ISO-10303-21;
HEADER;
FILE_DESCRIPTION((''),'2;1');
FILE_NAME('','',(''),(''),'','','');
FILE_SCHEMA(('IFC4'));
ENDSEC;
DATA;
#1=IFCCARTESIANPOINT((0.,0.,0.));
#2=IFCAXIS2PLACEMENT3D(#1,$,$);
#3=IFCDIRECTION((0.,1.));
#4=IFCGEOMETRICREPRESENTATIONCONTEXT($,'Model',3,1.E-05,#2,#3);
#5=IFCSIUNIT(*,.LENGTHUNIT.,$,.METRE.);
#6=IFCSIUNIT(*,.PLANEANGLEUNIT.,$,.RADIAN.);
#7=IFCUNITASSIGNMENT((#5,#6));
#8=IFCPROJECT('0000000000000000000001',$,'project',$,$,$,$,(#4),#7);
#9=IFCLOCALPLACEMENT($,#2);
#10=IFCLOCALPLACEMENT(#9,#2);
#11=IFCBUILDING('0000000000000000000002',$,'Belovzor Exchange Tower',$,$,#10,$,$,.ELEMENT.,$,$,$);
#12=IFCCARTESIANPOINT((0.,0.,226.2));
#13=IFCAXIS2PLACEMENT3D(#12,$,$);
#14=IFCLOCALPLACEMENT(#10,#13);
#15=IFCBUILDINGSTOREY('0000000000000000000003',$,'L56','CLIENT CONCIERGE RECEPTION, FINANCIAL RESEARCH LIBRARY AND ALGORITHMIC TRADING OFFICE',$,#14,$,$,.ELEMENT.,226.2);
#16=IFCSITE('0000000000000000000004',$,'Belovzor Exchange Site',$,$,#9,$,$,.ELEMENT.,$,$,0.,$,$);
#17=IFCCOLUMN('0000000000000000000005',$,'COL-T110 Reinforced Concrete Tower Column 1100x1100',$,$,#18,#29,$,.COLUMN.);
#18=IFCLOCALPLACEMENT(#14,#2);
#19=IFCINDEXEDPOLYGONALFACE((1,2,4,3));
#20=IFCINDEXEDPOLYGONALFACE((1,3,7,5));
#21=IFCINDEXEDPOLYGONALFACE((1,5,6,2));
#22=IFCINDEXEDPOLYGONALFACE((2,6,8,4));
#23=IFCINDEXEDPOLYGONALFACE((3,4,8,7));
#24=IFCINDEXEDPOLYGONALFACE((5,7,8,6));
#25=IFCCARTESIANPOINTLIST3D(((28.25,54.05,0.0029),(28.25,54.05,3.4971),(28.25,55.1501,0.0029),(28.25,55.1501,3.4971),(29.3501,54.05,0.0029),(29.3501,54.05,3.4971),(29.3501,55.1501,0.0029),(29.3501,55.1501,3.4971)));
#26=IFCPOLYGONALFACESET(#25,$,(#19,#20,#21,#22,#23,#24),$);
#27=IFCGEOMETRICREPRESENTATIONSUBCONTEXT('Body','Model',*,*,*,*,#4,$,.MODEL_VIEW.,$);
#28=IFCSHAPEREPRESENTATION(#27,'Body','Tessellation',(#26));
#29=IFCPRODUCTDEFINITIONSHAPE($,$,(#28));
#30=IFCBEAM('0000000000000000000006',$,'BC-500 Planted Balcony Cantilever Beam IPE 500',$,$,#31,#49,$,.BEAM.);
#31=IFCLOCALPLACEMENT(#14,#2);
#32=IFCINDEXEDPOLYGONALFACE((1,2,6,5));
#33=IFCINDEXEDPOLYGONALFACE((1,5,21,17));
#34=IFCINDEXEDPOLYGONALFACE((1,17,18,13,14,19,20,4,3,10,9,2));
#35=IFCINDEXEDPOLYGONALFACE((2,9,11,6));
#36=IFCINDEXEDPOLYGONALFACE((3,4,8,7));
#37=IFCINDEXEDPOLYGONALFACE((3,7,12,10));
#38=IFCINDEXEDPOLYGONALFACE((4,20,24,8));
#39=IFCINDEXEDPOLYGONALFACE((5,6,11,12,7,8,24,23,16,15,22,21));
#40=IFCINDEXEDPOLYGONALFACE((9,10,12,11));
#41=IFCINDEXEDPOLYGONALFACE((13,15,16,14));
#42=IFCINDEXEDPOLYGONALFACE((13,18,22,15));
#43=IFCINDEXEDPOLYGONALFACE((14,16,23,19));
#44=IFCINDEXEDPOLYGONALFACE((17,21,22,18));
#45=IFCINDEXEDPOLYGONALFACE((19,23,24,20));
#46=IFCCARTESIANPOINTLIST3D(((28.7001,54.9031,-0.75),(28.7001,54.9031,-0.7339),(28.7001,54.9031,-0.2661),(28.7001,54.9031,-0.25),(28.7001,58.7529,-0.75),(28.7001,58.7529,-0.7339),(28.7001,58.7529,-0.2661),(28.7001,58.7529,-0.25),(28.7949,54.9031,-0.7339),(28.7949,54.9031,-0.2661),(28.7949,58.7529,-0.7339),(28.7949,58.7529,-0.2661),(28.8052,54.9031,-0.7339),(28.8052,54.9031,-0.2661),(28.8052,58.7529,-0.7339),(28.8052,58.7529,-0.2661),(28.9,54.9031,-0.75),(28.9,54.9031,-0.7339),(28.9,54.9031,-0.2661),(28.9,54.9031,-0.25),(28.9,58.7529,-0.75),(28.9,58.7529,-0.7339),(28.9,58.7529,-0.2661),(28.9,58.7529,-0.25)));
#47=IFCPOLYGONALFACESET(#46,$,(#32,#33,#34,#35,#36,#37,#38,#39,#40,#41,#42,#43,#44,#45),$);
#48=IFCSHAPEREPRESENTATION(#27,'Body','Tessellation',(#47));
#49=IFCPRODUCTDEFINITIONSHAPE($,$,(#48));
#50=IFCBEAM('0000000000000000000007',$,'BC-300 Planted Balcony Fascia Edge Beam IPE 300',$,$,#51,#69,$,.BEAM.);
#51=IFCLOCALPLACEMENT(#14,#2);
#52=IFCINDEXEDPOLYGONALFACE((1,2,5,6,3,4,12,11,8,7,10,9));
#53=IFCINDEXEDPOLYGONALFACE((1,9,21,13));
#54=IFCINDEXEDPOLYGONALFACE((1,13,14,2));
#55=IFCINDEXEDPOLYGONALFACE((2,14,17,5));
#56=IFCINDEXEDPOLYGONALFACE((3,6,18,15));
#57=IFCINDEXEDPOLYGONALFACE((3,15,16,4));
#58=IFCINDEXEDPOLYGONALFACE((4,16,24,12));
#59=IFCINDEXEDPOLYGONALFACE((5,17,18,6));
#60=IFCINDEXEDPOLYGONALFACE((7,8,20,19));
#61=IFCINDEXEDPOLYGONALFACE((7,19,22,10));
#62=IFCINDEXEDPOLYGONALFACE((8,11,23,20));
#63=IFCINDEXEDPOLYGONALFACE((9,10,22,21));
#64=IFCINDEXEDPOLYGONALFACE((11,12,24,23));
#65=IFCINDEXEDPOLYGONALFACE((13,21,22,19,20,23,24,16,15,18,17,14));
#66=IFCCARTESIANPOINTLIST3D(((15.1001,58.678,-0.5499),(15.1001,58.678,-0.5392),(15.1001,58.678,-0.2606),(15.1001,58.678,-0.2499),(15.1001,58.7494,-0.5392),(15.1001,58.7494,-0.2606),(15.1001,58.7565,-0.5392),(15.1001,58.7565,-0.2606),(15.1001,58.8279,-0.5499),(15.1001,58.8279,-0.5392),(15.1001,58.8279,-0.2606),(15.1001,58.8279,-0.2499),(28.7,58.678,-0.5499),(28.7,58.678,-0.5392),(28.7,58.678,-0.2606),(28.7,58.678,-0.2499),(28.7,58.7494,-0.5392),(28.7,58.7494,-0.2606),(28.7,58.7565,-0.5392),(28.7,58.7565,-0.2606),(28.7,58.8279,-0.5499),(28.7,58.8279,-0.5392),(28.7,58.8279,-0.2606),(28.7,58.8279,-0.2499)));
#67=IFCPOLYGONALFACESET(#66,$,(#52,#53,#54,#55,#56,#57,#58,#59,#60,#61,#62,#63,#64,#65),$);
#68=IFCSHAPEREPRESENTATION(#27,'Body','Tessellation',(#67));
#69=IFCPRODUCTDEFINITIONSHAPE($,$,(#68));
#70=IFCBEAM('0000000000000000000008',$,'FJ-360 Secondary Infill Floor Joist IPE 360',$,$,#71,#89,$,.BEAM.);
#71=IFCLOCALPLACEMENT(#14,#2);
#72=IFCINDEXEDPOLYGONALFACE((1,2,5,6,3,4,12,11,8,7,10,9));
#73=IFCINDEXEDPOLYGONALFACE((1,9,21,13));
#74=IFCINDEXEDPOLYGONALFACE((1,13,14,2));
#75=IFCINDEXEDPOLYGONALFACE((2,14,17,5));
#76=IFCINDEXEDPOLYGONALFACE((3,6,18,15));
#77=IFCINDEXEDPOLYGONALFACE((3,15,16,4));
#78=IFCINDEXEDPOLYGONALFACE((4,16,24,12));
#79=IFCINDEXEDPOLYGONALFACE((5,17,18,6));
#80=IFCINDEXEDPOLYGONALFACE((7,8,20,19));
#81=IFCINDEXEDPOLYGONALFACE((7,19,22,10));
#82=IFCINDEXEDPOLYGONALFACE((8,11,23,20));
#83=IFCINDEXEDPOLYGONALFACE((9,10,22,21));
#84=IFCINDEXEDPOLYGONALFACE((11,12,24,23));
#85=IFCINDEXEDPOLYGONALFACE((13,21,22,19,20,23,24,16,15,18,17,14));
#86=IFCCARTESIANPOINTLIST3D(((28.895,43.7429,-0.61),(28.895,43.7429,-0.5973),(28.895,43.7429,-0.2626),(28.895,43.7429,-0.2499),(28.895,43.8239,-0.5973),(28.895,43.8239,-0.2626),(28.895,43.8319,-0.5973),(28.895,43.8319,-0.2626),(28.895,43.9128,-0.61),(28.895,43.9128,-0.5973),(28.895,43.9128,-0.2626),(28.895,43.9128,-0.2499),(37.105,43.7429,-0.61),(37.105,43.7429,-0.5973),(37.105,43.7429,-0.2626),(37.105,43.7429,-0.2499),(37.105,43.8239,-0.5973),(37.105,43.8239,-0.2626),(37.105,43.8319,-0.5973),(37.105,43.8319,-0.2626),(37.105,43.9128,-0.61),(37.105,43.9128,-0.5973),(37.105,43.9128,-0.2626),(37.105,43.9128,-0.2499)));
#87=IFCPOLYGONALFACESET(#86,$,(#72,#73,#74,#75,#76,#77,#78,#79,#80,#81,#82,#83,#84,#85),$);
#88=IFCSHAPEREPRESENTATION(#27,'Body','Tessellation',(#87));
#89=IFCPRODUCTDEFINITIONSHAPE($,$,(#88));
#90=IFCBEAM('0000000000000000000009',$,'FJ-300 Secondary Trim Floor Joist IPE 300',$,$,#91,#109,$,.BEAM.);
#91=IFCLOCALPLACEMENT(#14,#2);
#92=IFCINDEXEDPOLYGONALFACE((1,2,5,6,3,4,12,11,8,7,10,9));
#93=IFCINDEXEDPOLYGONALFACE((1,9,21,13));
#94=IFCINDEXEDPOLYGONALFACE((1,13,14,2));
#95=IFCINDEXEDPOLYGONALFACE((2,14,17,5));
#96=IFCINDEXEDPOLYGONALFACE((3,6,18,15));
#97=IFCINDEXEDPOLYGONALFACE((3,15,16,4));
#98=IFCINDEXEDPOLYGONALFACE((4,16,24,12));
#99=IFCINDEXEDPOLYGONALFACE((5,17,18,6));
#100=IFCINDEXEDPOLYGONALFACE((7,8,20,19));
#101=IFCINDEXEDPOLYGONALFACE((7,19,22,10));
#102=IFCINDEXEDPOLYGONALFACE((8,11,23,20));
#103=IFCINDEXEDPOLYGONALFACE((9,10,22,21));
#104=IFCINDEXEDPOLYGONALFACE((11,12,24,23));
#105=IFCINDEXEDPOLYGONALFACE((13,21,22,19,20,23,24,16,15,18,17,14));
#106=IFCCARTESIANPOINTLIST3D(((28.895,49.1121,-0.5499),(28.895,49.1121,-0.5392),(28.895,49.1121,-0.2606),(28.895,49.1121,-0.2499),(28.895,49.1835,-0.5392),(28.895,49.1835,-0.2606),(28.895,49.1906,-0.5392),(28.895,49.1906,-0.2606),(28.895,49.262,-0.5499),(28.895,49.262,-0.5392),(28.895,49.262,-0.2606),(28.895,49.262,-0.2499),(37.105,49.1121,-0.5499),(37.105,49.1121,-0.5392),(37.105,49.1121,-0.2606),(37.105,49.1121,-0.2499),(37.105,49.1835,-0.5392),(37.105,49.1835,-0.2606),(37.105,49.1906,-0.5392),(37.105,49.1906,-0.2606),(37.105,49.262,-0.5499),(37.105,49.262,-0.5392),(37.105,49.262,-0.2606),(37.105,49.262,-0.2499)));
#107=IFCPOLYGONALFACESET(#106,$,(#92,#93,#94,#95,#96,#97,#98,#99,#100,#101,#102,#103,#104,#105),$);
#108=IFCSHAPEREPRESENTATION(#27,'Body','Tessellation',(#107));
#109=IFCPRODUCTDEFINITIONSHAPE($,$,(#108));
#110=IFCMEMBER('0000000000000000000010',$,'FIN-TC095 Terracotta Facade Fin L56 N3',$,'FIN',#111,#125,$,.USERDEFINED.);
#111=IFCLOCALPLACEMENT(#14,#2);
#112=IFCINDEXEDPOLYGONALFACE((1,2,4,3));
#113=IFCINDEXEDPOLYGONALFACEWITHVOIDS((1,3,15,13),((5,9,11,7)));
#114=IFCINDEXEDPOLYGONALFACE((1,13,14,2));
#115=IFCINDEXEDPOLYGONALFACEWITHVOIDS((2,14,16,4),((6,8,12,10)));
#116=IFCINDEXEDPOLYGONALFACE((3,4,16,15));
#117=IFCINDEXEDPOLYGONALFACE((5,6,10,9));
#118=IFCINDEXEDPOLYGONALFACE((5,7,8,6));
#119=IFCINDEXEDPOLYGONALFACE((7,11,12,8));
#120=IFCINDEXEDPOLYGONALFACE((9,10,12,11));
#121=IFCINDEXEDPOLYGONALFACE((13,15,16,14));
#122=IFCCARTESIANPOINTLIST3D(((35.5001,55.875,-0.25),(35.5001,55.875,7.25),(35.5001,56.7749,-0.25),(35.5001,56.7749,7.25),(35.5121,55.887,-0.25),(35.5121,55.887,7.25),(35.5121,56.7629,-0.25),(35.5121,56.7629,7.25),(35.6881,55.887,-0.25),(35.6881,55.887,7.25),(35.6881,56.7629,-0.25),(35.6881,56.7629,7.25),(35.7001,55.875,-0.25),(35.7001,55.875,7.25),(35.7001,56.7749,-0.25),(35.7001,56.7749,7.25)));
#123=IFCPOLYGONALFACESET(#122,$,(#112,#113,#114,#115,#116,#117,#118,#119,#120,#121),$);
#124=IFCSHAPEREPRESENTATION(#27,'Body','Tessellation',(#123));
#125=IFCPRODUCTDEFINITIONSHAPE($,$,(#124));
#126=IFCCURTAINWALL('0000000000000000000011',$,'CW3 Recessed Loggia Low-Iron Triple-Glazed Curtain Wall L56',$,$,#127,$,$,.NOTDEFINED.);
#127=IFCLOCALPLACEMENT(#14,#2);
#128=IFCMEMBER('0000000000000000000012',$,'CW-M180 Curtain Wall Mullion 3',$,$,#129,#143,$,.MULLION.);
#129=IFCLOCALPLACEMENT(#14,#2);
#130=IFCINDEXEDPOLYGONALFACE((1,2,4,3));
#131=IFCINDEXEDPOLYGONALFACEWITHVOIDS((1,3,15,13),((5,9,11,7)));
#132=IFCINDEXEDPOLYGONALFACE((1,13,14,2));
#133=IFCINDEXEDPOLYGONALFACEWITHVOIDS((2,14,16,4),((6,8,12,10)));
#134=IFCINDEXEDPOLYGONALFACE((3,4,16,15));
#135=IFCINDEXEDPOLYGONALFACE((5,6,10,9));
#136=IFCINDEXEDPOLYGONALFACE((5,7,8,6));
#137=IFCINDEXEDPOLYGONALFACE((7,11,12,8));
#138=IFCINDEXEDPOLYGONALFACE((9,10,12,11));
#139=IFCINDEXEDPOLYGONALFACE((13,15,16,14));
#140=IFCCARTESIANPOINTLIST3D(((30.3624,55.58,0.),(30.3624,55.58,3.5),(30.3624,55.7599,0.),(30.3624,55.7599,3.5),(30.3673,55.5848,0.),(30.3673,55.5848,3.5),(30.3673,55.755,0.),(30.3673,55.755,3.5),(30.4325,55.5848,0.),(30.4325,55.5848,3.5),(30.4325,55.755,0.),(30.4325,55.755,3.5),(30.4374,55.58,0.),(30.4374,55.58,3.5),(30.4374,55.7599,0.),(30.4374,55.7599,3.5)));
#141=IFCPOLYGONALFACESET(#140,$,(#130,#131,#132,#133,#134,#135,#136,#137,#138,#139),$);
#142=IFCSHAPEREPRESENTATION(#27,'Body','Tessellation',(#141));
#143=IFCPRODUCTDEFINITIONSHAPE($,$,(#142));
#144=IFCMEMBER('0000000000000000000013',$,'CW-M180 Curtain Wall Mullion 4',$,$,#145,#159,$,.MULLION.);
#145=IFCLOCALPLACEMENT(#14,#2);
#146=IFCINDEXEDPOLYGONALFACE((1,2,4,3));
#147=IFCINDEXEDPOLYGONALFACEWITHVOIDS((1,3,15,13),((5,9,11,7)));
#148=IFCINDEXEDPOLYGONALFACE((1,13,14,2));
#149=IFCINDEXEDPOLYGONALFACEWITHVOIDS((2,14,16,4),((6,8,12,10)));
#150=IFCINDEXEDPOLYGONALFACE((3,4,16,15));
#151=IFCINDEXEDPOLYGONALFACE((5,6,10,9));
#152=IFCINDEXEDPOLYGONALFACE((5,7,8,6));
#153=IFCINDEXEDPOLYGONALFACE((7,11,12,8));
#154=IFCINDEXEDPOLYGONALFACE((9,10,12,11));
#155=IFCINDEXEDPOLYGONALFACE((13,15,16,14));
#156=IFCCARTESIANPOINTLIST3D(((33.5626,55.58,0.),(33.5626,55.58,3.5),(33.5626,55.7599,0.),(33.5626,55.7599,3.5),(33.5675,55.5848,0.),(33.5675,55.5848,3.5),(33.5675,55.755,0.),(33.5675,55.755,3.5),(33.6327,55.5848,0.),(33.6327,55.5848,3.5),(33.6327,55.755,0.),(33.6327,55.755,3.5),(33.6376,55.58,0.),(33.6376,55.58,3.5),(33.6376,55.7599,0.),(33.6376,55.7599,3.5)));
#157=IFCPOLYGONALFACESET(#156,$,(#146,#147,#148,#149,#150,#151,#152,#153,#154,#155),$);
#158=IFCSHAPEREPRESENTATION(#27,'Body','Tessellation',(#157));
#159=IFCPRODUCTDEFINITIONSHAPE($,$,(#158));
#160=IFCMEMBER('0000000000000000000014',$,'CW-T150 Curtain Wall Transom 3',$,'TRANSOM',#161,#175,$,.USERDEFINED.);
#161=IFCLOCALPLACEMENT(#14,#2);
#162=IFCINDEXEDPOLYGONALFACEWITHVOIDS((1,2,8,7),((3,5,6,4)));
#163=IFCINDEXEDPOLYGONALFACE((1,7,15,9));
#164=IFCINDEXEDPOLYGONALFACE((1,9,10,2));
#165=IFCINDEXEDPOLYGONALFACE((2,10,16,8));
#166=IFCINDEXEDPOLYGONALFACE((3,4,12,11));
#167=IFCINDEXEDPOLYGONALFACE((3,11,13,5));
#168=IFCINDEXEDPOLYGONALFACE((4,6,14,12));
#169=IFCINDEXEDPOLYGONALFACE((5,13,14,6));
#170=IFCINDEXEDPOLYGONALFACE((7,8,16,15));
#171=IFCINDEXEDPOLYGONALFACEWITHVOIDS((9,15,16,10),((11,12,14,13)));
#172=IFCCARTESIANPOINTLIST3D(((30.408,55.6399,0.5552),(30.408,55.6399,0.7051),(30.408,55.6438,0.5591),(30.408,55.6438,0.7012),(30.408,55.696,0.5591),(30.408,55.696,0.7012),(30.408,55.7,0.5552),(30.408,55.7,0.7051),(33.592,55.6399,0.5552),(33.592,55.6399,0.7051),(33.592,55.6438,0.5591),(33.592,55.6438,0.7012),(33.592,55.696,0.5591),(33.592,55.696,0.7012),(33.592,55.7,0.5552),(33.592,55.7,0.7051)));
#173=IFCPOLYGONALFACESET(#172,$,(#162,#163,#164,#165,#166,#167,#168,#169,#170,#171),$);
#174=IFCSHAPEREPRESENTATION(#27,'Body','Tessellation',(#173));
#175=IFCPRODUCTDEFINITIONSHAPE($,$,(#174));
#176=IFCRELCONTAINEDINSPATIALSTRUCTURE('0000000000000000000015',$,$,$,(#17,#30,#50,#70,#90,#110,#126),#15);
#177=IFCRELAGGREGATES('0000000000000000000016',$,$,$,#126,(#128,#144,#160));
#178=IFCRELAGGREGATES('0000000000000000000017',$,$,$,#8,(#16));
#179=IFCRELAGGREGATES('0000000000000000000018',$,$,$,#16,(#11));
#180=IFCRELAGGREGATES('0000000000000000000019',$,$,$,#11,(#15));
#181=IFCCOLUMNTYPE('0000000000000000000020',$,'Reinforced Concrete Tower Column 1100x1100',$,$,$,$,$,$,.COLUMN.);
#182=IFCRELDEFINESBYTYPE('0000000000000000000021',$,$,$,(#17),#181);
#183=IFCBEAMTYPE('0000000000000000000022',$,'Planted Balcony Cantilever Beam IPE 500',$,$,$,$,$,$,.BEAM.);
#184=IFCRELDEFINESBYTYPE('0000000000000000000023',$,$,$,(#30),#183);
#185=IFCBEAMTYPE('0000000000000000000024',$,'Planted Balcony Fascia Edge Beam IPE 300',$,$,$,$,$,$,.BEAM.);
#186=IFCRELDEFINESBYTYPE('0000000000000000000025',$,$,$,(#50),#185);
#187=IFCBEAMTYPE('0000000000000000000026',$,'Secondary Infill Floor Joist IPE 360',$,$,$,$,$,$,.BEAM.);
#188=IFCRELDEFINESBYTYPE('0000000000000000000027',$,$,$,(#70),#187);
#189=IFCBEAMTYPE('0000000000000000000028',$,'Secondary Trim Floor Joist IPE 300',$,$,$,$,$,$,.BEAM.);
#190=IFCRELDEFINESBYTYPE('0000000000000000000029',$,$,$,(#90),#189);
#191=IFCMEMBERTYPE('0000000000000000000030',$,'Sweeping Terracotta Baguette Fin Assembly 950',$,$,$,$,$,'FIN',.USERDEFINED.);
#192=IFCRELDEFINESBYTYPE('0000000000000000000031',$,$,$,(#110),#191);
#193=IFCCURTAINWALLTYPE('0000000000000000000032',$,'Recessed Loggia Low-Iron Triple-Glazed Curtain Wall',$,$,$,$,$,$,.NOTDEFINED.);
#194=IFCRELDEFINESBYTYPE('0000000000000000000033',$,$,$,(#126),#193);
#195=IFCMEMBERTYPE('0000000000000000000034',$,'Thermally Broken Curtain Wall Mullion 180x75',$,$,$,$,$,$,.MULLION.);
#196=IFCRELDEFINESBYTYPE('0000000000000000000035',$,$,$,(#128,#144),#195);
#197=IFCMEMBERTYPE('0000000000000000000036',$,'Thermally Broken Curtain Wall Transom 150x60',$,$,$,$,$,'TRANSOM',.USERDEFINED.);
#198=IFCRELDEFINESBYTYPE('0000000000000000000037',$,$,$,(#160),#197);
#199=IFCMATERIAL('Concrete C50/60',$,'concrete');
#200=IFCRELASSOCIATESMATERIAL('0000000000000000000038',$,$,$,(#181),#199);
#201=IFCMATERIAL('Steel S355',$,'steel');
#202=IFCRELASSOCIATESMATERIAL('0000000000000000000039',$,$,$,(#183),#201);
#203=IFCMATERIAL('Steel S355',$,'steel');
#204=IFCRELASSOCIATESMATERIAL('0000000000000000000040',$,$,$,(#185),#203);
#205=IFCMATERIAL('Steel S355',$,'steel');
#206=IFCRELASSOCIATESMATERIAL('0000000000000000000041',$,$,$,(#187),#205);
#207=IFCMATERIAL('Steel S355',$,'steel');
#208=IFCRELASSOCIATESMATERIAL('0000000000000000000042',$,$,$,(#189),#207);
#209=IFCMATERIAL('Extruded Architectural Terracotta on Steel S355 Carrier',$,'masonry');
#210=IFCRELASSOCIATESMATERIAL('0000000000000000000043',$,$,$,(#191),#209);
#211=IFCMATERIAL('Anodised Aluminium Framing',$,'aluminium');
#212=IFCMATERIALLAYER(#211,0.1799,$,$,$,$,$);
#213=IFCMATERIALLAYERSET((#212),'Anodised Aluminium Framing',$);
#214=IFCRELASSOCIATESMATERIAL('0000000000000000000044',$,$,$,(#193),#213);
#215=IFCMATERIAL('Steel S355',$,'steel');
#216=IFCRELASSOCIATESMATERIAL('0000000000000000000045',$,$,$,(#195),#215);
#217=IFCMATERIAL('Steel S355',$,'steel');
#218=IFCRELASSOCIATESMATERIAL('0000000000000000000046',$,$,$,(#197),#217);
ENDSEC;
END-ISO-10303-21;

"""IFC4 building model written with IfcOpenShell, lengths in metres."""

from ifc_helpers import new_model, si_unit, direction, frame, origin, origin_2d, place, context, subcontext, project, spatial, rectangle, hollow_rectangle, i_section, extrude, material, layer, layer_set, material_profile, profile_set, type_object, element, aggregate, save


model = new_model("IFC4")

# Units and contexts
model_context = context("Model", 3, precision=1e-05, world=origin(), true_north=direction((0.0, 1.0)))
body_context = subcontext(model_context, "Body", "Model", "MODEL_VIEW")
ifc_project = project(units=[si_unit("LENGTHUNIT", "METRE"), si_unit("PLANEANGLEUNIT", "RADIAN")], contexts=[model_context])

# Site, building, storey
site_placement = place(None, origin())
site = spatial("IfcSite", under=ifc_project, at=site_placement, Name="Belovzor Exchange Site", CompositionType="ELEMENT", RefElevation=0.0)
building_placement = place(site_placement, origin())
building = spatial("IfcBuilding", under=site, at=building_placement, Name="Belovzor Exchange Tower", CompositionType="ELEMENT")
storey_placement = place(building_placement, frame((0.0, 0.0, 226.2)))
storey = spatial("IfcBuildingStorey", under=building, at=storey_placement, Name="L56", Description="CLIENT CONCIERGE RECEPTION, FINANCIAL RESEARCH LIBRARY AND ALGORITHMIC TRADING OFFICE", CompositionType="ELEMENT", Elevation=226.2)

# Column
ifc_material_1 = material(Name="Concrete C50/60", Category="concrete")
ifc_material_profile_1 = material_profile(ifc_material_1, rectangle(XDim=1.1001, YDim=1.1001, at=origin_2d()))
ifc_profile_set_1 = profile_set([ifc_material_profile_1], Name="Concrete C50/60")
column_type = type_object("IfcColumnType", Name="Reinforced Concrete Tower Column 1100x1100", PredefinedType="COLUMN", material=ifc_profile_set_1)
column_placement = place(storey_placement, frame((28.8, 54.6001, 0.0029), z_axis=(0.0, 0.0, 1.0), x_axis=(1.0, 0.0, 0.0)))
element("IfcColumn", 1, at=column_placement, inside=storey, type_object=column_type, Name="COL-T110 Reinforced Concrete Tower Column 1100x1100", PredefinedType="COLUMN", context=body_context, shape_type="SweptSolid", body=[
    extrude(rectangle(XDim=1.1001, YDim=1.1001, at=origin_2d()), origin(), (0.0, 0.0, 1.0), 3.4941),
])

# Beams
ifc_material_2 = material(Name="Steel S355", Category="steel")
ifc_material_profile_2 = material_profile(ifc_material_2, i_section(OverallWidth=0.2, OverallDepth=0.5, WebThickness=0.0103, FlangeThickness=0.0161, at=origin_2d()))
ifc_profile_set_2 = profile_set([ifc_material_profile_2], Name="Steel S355")
beam_type_1 = type_object("IfcBeamType", Name="Planted Balcony Cantilever Beam IPE 500", PredefinedType="BEAM", material=ifc_profile_set_2)
beam_1_placement = place(storey_placement, frame((28.8, 54.9031, -0.5), z_axis=(0.0, 1.0, 0.0), x_axis=(-1.0, 0.0, 0.0)))
element("IfcBeam", 2, at=beam_1_placement, inside=storey, type_object=beam_type_1, Name="BC-500 Planted Balcony Cantilever Beam IPE 500", PredefinedType="BEAM", context=body_context, shape_type="SweptSolid", body=[
    extrude(i_section(OverallWidth=0.2, OverallDepth=0.5, WebThickness=0.0103, FlangeThickness=0.0161, at=origin_2d()), origin(), (0.0, 0.0, 1.0), 3.8499),
])
ifc_material_3 = material(Name="Steel S355", Category="steel")
ifc_material_profile_3 = material_profile(ifc_material_3, i_section(OverallWidth=0.1499, OverallDepth=0.3, WebThickness=0.0071, FlangeThickness=0.0107, at=origin_2d()))
ifc_profile_set_3 = profile_set([ifc_material_profile_3], Name="Steel S355")
beam_type_2 = type_object("IfcBeamType", Name="Planted Balcony Fascia Edge Beam IPE 300", PredefinedType="BEAM", material=ifc_profile_set_3)
beam_2_placement = place(storey_placement, frame((28.7, 58.7529, -0.3999), z_axis=(-1.0, 0.0, 0.0), x_axis=(0.0, -1.0, 0.0)))
element("IfcBeam", 3, at=beam_2_placement, inside=storey, type_object=beam_type_2, Name="BC-300 Planted Balcony Fascia Edge Beam IPE 300", PredefinedType="BEAM", context=body_context, shape_type="SweptSolid", body=[
    extrude(i_section(OverallWidth=0.1499, OverallDepth=0.3, WebThickness=0.0071, FlangeThickness=0.0107, at=origin_2d()), origin(), (0.0, 0.0, 1.0), 13.5999),
])
ifc_material_4 = material(Name="Steel S355", Category="steel")
ifc_material_profile_4 = material_profile(ifc_material_4, i_section(OverallWidth=0.1699, OverallDepth=0.3601, WebThickness=0.0081, FlangeThickness=0.0127, at=origin_2d()))
ifc_profile_set_4 = profile_set([ifc_material_profile_4], Name="Steel S355")
beam_type_3 = type_object("IfcBeamType", Name="Secondary Infill Floor Joist IPE 360", PredefinedType="BEAM", material=ifc_profile_set_4)
beam_3_placement = place(storey_placement, frame((28.895, 43.8279, -0.4299), z_axis=(1.0, 0.0, 0.0), x_axis=(0.0, 1.0, 0.0)))
element("IfcBeam", 4, at=beam_3_placement, inside=storey, type_object=beam_type_3, Name="FJ-360 Secondary Infill Floor Joist IPE 360", PredefinedType="BEAM", context=body_context, shape_type="SweptSolid", body=[
    extrude(i_section(OverallWidth=0.1699, OverallDepth=0.3601, WebThickness=0.0081, FlangeThickness=0.0127, at=origin_2d()), origin(), (0.0, 0.0, 1.0), 8.21),
])
ifc_material_5 = material(Name="Steel S355", Category="steel")
ifc_material_profile_5 = material_profile(ifc_material_5, i_section(OverallWidth=0.1499, OverallDepth=0.3, WebThickness=0.0071, FlangeThickness=0.0107, at=origin_2d()))
ifc_profile_set_5 = profile_set([ifc_material_profile_5], Name="Steel S355")
beam_type_4 = type_object("IfcBeamType", Name="Secondary Trim Floor Joist IPE 300", PredefinedType="BEAM", material=ifc_profile_set_5)
beam_4_placement = place(storey_placement, frame((28.895, 49.187, -0.3999), z_axis=(1.0, 0.0, 0.0), x_axis=(0.0, 1.0, 0.0)))
element("IfcBeam", 5, at=beam_4_placement, inside=storey, type_object=beam_type_4, Name="FJ-300 Secondary Trim Floor Joist IPE 300", PredefinedType="BEAM", context=body_context, shape_type="SweptSolid", body=[
    extrude(i_section(OverallWidth=0.1499, OverallDepth=0.3, WebThickness=0.0071, FlangeThickness=0.0107, at=origin_2d()), origin(), (0.0, 0.0, 1.0), 8.21),
])

# Member
ifc_material_6 = material(Name="Extruded Architectural Terracotta on Steel S355 Carrier", Category="masonry")
ifc_material_profile_6 = material_profile(ifc_material_6, hollow_rectangle(XDim=0.2, YDim=0.8999, WallThickness=0.012, at=origin_2d()))
ifc_profile_set_6 = profile_set([ifc_material_profile_6], Name="Extruded Architectural Terracotta on Steel S355 Carrier")
member_type_1 = type_object("IfcMemberType", Name="Sweeping Terracotta Baguette Fin Assembly 950", ElementType="FIN", PredefinedType="USERDEFINED", material=ifc_profile_set_6)
member_1_placement = place(storey_placement, frame((35.6001, 56.325, -0.25), z_axis=(0.0, 0.0, 1.0), x_axis=(1.0, 0.0, 0.0)))
element("IfcMember", 6, at=member_1_placement, inside=storey, type_object=member_type_1, Name="FIN-TC095 Terracotta Facade Fin L56 N3", ObjectType="FIN", PredefinedType="USERDEFINED", context=body_context, shape_type="SweptSolid", body=[
    extrude(hollow_rectangle(XDim=0.2, YDim=0.8999, WallThickness=0.012, at=origin_2d()), origin(), (0.0, 0.0, 1.0), 7.5),
])

# Curtain wall, members
ifc_material_7 = material(Name="Anodised Aluminium Framing", Category="aluminium")
ifc_layer_1 = layer(ifc_material_7, 0.1799)
ifc_layer_set_1 = layer_set([ifc_layer_1], Name="Anodised Aluminium Framing")
curtain_wall_type = type_object("IfcCurtainWallType", Name="Recessed Loggia Low-Iron Triple-Glazed Curtain Wall", PredefinedType="NOTDEFINED", material=ifc_layer_set_1)
curtain_wall_placement = place(storey_placement, origin())
curtain_wall = element("IfcCurtainWall", 7, at=curtain_wall_placement, inside=storey, type_object=curtain_wall_type, Name="CW3 Recessed Loggia Low-Iron Triple-Glazed Curtain Wall L56", PredefinedType="NOTDEFINED")
ifc_material_8 = material(Name="Steel S355", Category="steel")
ifc_material_profile_7 = material_profile(ifc_material_8, hollow_rectangle(XDim=0.075, YDim=0.1799, WallThickness=0.0049, at=origin_2d()))
ifc_profile_set_7 = profile_set([ifc_material_profile_7], Name="Steel S355")
member_type_2 = type_object("IfcMemberType", Name="Thermally Broken Curtain Wall Mullion 180x75", PredefinedType="MULLION", material=ifc_profile_set_7)
member_2_placement = place(storey_placement, frame((30.3999, 55.6699, 0.0), z_axis=(0.0, 0.0, 1.0), x_axis=(1.0, 0.0, 0.0)))
member_2 = element("IfcMember", 8, at=member_2_placement, type_object=member_type_2, Name="CW-M180 Curtain Wall Mullion 3", PredefinedType="MULLION", context=body_context, shape_type="SweptSolid", body=[
    extrude(hollow_rectangle(XDim=0.075, YDim=0.1799, WallThickness=0.0049, at=origin_2d()), origin(), (0.0, 0.0, 1.0), 3.5),
])
member_3_placement = place(storey_placement, frame((33.6001, 55.6699, 0.0), z_axis=(0.0, 0.0, 1.0), x_axis=(1.0, 0.0, 0.0)))
member_3 = element("IfcMember", 9, at=member_3_placement, type_object=member_type_2, Name="CW-M180 Curtain Wall Mullion 4", PredefinedType="MULLION", context=body_context, shape_type="SweptSolid", body=[
    extrude(hollow_rectangle(XDim=0.075, YDim=0.1799, WallThickness=0.0049, at=origin_2d()), origin(), (0.0, 0.0, 1.0), 3.5),
])
ifc_material_9 = material(Name="Steel S355", Category="steel")
ifc_material_profile_8 = material_profile(ifc_material_9, hollow_rectangle(XDim=0.0601, YDim=0.1499, WallThickness=0.0039, at=origin_2d()))
ifc_profile_set_8 = profile_set([ifc_material_profile_8], Name="Steel S355")
member_type_3 = type_object("IfcMemberType", Name="Thermally Broken Curtain Wall Transom 150x60", ElementType="TRANSOM", PredefinedType="USERDEFINED", material=ifc_profile_set_8)
member_4_placement = place(storey_placement, frame((30.408, 55.6699, 0.6301), z_axis=(1.0, 0.0, 0.0), x_axis=(0.0, 1.0, 0.0)))
member_4 = element("IfcMember", 10, at=member_4_placement, type_object=member_type_3, Name="CW-T150 Curtain Wall Transom 3", ObjectType="TRANSOM", PredefinedType="USERDEFINED", context=body_context, shape_type="SweptSolid", body=[
    extrude(hollow_rectangle(XDim=0.0601, YDim=0.1499, WallThickness=0.0039, at=origin_2d()), origin(), (0.0, 0.0, 1.0), 3.1841),
])

aggregate(curtain_wall, [member_2, member_3, member_4])

save(model, "model.ifc")
